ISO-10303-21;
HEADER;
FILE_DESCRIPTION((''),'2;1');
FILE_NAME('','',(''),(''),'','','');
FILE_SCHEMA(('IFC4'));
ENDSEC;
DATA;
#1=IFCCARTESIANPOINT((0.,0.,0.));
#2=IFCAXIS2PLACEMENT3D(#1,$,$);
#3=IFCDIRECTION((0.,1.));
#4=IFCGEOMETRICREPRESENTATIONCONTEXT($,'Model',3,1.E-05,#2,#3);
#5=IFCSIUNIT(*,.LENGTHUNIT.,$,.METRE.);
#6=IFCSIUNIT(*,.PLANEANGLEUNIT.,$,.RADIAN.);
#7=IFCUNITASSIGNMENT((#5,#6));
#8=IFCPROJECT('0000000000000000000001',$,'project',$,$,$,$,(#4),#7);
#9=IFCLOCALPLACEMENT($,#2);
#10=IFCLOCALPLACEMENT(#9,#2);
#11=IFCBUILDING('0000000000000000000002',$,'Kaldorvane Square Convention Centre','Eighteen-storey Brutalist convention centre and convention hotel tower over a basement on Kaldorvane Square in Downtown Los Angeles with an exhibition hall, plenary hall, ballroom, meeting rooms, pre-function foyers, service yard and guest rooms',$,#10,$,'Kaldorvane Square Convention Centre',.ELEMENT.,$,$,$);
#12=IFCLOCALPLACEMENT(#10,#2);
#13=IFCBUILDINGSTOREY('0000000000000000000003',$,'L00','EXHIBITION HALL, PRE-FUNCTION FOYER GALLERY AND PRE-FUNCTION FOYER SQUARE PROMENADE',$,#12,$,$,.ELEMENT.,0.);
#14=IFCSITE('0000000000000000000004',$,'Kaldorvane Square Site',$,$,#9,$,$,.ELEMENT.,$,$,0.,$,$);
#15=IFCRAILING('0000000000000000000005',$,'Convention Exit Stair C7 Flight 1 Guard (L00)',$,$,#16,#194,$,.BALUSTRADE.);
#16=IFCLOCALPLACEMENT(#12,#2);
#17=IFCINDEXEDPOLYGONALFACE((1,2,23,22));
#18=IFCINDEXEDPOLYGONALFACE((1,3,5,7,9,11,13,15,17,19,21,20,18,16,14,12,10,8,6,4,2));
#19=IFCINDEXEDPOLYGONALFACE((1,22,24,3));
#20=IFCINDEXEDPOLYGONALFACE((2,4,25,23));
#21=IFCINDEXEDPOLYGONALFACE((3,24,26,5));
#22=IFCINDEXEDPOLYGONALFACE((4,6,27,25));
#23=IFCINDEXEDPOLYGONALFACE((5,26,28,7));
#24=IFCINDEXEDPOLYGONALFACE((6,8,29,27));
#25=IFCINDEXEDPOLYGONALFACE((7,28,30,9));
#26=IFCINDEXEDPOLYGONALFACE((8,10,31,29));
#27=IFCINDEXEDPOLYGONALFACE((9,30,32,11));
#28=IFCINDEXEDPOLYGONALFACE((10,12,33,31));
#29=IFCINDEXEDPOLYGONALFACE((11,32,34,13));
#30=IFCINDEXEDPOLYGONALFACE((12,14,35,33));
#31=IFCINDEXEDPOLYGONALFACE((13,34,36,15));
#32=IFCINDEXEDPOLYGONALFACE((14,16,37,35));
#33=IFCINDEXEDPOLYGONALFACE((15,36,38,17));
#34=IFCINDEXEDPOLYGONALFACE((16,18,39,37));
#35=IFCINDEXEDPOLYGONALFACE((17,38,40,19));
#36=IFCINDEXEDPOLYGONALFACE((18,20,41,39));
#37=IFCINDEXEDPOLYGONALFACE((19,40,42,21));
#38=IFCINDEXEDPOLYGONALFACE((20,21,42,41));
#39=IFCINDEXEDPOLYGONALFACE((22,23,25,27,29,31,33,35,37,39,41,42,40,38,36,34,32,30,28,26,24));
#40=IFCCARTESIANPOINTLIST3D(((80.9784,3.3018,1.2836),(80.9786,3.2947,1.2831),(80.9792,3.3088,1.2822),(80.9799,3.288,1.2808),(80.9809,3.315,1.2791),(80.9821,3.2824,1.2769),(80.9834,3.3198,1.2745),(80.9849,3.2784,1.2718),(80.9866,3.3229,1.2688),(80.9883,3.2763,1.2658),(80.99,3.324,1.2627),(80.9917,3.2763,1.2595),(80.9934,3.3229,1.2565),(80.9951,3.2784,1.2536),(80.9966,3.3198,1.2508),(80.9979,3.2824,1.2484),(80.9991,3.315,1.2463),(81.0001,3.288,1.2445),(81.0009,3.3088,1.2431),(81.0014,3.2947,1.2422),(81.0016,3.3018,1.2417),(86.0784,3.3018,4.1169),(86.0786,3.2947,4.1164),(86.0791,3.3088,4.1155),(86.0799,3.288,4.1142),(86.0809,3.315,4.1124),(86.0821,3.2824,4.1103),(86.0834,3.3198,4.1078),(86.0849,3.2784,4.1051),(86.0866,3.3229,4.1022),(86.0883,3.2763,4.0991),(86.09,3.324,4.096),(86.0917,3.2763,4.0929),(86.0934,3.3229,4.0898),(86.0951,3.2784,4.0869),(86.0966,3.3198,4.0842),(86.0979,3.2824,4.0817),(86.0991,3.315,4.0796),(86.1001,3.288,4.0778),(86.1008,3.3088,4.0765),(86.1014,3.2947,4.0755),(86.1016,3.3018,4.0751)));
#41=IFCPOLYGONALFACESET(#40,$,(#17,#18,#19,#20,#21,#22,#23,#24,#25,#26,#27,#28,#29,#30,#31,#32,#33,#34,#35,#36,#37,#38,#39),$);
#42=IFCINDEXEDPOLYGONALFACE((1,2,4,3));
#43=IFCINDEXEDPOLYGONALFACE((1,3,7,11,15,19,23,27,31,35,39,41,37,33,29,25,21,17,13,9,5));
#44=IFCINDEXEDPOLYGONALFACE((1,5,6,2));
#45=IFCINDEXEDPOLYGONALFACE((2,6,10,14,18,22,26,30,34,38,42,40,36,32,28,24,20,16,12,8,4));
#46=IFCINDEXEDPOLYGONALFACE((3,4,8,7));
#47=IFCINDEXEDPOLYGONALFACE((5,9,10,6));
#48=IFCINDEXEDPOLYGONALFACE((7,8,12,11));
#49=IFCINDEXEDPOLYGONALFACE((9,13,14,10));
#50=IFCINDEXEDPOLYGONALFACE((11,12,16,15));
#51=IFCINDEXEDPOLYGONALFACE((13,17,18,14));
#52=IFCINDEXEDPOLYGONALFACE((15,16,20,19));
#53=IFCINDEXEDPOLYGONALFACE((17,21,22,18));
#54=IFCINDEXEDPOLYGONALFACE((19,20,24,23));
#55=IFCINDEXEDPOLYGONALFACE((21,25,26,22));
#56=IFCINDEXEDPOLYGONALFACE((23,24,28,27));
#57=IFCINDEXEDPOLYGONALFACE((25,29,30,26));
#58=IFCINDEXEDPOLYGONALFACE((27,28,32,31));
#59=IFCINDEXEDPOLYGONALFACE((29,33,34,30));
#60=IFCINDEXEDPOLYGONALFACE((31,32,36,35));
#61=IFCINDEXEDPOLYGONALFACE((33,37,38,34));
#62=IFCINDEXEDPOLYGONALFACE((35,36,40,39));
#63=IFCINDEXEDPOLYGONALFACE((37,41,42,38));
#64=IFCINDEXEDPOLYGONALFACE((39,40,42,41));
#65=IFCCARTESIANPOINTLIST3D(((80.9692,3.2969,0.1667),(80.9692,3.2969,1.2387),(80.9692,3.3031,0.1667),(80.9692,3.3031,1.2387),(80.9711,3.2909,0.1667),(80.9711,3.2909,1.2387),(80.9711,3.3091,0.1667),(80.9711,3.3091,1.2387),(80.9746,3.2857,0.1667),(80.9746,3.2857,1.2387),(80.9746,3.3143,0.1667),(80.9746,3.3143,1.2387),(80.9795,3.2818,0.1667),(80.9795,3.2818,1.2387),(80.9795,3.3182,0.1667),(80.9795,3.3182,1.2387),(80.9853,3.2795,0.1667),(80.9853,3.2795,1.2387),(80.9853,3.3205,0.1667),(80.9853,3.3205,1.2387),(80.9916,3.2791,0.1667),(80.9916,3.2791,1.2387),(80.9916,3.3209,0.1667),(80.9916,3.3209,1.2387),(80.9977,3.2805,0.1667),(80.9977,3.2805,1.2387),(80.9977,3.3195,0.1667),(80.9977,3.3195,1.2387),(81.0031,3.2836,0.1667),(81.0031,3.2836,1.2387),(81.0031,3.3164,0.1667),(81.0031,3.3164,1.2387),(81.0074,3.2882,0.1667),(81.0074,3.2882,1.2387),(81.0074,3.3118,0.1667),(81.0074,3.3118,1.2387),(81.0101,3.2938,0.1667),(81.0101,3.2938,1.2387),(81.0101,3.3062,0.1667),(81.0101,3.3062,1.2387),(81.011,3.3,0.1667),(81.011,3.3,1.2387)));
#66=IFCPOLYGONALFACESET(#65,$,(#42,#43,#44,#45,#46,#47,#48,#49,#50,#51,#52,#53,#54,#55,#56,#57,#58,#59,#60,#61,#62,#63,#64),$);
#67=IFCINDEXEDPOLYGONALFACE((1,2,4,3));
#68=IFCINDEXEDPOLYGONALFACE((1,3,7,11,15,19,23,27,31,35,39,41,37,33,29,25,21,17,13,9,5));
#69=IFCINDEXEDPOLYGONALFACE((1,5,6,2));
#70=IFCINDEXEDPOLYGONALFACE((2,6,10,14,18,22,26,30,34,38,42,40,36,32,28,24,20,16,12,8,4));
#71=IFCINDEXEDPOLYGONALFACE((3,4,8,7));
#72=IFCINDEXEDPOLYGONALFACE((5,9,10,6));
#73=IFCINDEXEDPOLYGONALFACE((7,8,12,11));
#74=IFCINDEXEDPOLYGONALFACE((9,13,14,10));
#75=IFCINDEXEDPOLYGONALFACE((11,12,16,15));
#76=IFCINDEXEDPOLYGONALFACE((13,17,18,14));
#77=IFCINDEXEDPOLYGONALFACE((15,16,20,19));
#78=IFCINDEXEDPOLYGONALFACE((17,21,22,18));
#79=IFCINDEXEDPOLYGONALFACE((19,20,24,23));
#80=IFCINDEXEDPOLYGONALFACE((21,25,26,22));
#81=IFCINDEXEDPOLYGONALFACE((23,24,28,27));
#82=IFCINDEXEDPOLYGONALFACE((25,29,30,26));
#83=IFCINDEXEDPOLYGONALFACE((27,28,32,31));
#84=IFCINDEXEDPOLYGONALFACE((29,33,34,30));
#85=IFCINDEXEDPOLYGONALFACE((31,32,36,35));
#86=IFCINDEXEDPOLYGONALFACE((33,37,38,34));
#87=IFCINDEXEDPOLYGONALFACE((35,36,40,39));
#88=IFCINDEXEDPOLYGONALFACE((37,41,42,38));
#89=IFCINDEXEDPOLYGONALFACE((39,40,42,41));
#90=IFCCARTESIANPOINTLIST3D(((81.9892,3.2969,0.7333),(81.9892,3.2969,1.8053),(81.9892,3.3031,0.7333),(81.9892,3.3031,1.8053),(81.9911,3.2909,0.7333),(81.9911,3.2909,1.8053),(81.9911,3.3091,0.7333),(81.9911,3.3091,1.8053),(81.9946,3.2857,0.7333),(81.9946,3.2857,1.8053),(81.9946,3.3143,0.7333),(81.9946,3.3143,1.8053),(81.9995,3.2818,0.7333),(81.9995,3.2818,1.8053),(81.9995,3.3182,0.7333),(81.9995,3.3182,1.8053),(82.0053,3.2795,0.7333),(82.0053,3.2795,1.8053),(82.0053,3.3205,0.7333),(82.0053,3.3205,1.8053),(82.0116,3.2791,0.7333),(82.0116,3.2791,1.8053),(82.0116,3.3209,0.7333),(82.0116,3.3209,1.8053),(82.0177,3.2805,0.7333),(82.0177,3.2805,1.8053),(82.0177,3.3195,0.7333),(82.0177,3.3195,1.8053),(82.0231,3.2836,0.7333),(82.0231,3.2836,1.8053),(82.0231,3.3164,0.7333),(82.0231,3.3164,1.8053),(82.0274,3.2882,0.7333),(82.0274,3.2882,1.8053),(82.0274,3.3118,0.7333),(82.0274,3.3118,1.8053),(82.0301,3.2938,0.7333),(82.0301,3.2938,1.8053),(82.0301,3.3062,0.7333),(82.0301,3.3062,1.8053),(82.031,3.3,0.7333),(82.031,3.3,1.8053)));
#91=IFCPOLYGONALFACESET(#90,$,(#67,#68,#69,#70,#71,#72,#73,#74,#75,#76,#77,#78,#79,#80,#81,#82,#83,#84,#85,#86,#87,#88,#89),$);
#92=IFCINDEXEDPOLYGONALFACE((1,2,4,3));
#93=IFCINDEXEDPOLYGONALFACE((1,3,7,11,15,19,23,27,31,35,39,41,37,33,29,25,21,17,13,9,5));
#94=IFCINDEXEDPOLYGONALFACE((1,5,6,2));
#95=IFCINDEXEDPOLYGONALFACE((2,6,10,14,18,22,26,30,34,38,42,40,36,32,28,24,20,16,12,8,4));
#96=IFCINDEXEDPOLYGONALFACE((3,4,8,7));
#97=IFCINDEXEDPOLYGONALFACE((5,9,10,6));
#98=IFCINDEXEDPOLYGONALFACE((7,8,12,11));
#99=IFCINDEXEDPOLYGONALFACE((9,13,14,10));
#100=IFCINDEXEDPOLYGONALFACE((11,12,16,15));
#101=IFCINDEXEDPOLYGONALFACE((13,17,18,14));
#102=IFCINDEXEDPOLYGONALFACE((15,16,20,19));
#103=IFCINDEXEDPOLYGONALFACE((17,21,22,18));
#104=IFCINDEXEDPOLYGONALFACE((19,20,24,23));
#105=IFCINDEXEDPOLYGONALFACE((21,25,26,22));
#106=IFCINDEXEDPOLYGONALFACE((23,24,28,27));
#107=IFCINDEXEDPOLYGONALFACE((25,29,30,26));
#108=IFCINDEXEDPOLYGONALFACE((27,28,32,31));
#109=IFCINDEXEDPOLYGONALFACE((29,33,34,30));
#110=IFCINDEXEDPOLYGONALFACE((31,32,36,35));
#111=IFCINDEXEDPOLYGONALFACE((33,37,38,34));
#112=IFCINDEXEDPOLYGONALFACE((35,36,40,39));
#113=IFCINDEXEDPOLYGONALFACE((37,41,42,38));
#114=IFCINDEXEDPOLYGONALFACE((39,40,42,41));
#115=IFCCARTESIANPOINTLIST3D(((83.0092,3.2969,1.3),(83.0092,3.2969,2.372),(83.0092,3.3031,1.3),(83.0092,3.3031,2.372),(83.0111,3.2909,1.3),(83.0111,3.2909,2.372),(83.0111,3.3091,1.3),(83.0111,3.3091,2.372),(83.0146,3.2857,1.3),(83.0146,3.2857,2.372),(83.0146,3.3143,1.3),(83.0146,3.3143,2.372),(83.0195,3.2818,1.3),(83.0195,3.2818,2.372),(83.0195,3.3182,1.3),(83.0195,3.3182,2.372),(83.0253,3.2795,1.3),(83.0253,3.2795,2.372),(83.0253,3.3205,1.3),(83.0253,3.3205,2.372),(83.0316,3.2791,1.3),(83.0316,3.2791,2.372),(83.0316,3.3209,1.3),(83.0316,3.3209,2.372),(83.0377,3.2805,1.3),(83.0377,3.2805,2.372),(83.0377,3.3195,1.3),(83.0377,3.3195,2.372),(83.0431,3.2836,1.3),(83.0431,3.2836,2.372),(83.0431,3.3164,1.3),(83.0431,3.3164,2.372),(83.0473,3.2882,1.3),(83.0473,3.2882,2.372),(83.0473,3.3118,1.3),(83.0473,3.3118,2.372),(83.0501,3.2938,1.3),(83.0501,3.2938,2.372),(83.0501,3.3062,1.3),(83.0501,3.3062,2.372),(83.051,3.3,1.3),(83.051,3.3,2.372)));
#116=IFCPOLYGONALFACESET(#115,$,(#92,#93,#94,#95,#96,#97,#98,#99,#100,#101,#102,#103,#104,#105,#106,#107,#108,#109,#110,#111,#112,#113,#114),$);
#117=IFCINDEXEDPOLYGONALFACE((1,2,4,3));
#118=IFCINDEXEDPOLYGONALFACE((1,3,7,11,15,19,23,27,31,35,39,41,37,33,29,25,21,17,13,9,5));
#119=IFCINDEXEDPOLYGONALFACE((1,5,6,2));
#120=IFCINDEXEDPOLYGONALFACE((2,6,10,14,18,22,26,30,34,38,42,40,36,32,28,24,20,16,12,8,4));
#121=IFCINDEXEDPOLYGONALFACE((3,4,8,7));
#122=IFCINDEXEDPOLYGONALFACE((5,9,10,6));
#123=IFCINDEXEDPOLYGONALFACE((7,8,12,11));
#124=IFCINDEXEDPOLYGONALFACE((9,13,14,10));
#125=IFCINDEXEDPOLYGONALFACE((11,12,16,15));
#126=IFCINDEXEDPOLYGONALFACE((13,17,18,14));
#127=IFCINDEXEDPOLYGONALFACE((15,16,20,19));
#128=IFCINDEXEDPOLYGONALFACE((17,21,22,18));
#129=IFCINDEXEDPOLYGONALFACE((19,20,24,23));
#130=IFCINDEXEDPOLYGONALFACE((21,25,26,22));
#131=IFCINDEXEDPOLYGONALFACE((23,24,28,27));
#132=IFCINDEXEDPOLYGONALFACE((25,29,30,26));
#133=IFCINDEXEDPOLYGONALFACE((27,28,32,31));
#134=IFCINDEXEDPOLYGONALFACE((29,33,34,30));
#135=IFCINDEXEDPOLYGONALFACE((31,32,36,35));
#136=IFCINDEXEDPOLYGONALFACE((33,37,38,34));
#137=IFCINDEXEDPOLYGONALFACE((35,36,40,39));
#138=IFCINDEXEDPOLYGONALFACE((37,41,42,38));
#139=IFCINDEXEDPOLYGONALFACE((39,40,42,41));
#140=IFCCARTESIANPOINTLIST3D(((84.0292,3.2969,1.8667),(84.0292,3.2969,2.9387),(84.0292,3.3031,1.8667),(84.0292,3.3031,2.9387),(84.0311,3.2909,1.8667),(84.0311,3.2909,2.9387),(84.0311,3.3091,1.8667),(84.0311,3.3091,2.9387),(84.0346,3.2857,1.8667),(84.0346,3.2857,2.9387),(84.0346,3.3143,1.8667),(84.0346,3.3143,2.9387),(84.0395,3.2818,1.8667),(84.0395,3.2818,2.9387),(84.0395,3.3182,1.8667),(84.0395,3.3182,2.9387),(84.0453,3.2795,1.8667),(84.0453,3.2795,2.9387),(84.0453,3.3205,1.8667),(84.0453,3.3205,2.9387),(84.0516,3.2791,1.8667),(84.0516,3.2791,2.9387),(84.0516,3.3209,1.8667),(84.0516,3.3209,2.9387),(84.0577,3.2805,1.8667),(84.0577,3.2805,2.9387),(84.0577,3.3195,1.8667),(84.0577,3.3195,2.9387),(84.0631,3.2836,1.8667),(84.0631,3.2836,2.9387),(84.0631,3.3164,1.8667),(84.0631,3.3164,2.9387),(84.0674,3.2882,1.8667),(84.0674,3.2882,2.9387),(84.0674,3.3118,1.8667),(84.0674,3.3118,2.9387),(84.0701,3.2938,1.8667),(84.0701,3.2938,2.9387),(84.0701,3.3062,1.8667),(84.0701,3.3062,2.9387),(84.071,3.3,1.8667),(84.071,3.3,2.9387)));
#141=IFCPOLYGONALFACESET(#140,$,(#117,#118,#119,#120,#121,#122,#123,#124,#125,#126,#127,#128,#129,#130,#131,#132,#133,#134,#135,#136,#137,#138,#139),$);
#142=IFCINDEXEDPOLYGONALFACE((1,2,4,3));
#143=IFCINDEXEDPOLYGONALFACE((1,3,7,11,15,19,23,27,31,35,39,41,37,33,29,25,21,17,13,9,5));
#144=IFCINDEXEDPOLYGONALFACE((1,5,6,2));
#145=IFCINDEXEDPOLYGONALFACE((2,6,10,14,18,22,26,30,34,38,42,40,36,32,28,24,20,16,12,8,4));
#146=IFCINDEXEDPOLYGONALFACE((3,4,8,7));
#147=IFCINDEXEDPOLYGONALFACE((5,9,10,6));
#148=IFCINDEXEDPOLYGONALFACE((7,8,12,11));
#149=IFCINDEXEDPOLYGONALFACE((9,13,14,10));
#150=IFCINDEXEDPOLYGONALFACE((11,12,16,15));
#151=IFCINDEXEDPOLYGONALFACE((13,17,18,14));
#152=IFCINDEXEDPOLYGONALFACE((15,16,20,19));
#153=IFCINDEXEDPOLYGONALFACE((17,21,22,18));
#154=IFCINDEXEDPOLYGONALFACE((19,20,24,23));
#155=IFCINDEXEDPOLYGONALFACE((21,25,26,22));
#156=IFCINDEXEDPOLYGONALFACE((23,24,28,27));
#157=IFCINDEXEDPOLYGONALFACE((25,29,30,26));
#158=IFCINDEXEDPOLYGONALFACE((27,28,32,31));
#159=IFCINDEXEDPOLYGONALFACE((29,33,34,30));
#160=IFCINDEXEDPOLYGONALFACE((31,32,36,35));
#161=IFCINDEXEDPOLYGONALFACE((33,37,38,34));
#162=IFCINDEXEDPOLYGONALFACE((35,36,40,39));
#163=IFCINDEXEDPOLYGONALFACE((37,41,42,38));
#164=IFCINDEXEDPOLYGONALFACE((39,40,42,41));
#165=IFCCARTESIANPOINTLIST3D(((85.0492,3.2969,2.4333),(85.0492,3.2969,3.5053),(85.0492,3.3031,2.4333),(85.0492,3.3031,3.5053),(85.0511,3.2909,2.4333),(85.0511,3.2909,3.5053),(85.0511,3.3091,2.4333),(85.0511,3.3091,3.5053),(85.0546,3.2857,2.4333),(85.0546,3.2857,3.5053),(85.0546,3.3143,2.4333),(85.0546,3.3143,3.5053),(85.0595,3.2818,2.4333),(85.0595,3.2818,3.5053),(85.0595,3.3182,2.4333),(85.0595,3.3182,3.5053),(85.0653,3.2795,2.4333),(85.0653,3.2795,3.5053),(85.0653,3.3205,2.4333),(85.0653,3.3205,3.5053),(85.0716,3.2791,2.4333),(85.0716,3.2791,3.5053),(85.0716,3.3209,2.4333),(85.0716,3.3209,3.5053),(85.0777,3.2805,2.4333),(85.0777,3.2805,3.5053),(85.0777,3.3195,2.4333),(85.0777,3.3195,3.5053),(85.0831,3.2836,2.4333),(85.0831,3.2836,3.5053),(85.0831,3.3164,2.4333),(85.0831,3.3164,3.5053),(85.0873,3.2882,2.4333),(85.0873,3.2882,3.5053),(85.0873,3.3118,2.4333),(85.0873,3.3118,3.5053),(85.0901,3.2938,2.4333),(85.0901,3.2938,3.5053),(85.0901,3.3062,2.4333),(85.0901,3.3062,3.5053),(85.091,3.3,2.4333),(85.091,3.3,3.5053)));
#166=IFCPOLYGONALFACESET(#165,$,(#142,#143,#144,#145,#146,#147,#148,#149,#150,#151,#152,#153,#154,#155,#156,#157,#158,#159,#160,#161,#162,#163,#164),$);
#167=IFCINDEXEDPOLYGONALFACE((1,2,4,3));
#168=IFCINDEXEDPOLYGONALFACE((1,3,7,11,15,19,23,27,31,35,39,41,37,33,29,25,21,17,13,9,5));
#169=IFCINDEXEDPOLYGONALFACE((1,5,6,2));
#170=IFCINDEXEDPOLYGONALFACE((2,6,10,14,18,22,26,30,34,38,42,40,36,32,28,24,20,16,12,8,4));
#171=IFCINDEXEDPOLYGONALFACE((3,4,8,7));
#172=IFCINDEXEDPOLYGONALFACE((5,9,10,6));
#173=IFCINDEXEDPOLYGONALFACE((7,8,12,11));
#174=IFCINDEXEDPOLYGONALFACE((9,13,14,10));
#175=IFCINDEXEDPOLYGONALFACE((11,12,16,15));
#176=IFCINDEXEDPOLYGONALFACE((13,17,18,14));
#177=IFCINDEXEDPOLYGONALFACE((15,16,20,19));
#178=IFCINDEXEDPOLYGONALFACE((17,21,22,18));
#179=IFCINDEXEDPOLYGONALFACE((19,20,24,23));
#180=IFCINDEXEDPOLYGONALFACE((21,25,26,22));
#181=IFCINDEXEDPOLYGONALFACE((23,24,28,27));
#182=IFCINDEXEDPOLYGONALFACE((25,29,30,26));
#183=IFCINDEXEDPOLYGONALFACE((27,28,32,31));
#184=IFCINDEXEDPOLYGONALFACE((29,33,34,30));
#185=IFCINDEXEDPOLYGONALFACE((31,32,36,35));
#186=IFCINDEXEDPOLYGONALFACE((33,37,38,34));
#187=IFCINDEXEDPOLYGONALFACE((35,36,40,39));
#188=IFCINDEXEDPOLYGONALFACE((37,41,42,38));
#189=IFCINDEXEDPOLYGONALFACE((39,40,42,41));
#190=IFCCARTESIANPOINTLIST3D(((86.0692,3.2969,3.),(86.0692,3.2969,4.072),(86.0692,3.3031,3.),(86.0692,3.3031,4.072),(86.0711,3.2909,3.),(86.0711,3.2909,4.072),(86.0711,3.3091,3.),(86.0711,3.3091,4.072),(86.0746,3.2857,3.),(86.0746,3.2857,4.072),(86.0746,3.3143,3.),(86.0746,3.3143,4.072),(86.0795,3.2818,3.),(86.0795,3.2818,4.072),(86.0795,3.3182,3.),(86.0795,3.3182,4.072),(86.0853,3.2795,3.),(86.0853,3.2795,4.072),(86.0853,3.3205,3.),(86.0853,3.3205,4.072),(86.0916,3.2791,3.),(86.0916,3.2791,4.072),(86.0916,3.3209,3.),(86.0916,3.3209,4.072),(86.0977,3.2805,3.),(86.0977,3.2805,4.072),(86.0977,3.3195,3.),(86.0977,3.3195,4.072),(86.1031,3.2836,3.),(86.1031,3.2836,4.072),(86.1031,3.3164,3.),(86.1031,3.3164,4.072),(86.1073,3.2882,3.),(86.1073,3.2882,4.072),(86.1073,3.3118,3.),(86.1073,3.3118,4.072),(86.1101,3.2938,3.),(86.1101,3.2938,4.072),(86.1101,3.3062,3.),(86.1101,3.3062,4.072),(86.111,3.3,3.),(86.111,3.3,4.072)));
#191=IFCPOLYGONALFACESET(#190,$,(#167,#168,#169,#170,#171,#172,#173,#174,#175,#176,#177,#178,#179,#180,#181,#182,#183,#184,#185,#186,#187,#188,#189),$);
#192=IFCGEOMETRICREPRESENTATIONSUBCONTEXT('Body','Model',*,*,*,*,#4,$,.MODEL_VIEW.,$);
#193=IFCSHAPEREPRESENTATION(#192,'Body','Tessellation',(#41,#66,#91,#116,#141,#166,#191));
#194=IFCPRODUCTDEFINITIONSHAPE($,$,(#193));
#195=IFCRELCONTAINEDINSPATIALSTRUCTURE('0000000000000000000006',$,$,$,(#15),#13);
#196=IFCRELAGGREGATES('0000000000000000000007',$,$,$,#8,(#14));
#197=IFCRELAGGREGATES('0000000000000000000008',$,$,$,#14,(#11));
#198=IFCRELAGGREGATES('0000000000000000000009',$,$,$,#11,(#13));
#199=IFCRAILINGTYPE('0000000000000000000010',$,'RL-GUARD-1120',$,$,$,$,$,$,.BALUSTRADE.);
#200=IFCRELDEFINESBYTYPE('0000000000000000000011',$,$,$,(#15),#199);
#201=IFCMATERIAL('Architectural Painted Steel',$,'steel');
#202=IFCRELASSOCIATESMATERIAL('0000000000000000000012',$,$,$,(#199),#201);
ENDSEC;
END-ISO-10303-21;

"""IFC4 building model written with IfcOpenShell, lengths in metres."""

from ifc_helpers import new_model, si_unit, direction, frame, origin, origin_2d, place, context, subcontext, project, spatial, circle, extrude, material, type_object, element, save


model = new_model("IFC4")

# Units and contexts
model_context = context("Model", 3, precision=1e-05, world=origin(), true_north=direction((0.0, 1.0)))
body_context = subcontext(model_context, "Body", "Model", "MODEL_VIEW")
ifc_project = project(units=[si_unit("LENGTHUNIT", "METRE"), si_unit("PLANEANGLEUNIT", "RADIAN")], contexts=[model_context])

# Site, building, storey
site_placement = place(None, origin())
site = spatial("IfcSite", under=ifc_project, at=site_placement, Name="Kaldorvane Square Site", CompositionType="ELEMENT", RefElevation=0.0)
building_placement = place(site_placement, origin())
building = spatial("IfcBuilding", under=site, at=building_placement, Name="Kaldorvane Square Convention Centre", Description="Eighteen-storey Brutalist convention centre and convention hotel tower over a basement on Kaldorvane Square in Downtown Los Angeles with an exhibition hall, plenary hall, ballroom, meeting rooms, pre-function foyers, service yard and guest rooms", LongName="Kaldorvane Square Convention Centre", CompositionType="ELEMENT")
storey_placement = place(building_placement, origin())
storey = spatial("IfcBuildingStorey", under=building, at=storey_placement, Name="L00", Description="EXHIBITION HALL, PRE-FUNCTION FOYER GALLERY AND PRE-FUNCTION FOYER SQUARE PROMENADE", CompositionType="ELEMENT", Elevation=0.0)

# Railing
ifc_material_1 = material(Name="Architectural Painted Steel", Category="steel")
railing_type_1 = type_object("IfcRailingType", Name="RL-GUARD-1120", PredefinedType="BALUSTRADE", material=ifc_material_1)
railing_1_placement = place(storey_placement, frame((80.99, 3.3, 0.1667)))
element("IfcRailing", 1, at=railing_1_placement, inside=storey, type_object=railing_type_1, Name="Convention Exit Stair C7 Flight 1 Guard (L00)", PredefinedType="BALUSTRADE", context=body_context, shape_type="SweptSolid", body=[
    extrude(circle(Radius=0.024, at=origin_2d()), frame((0.0, 0.0, 1.096), z_axis=(0.874157, 0.0, 0.485643), x_axis=(0.0, 1.0, 0.0)), (0.0, 0.0, 1.0), 5.8342),
    extrude(circle(Radius=0.021, at=origin_2d()), origin(), (0.0, 0.0, 1.0), 1.072),
    extrude(circle(Radius=0.021, at=origin_2d()), frame((1.02, 0.0, 0.5667)), (0.0, 0.0, 1.0), 1.072),
    extrude(circle(Radius=0.021, at=origin_2d()), frame((2.04, 0.0, 1.1333)), (0.0, 0.0, 1.0), 1.072),
    extrude(circle(Radius=0.021, at=origin_2d()), frame((3.06, 0.0, 1.7)), (0.0, 0.0, 1.0), 1.072),
    extrude(circle(Radius=0.021, at=origin_2d()), frame((4.08, 0.0, 2.2667)), (0.0, 0.0, 1.0), 1.072),
    extrude(circle(Radius=0.021, at=origin_2d()), frame((5.1, 0.0, 2.8333)), (0.0, 0.0, 1.0), 1.072),
])

save(model, "model.ifc")
